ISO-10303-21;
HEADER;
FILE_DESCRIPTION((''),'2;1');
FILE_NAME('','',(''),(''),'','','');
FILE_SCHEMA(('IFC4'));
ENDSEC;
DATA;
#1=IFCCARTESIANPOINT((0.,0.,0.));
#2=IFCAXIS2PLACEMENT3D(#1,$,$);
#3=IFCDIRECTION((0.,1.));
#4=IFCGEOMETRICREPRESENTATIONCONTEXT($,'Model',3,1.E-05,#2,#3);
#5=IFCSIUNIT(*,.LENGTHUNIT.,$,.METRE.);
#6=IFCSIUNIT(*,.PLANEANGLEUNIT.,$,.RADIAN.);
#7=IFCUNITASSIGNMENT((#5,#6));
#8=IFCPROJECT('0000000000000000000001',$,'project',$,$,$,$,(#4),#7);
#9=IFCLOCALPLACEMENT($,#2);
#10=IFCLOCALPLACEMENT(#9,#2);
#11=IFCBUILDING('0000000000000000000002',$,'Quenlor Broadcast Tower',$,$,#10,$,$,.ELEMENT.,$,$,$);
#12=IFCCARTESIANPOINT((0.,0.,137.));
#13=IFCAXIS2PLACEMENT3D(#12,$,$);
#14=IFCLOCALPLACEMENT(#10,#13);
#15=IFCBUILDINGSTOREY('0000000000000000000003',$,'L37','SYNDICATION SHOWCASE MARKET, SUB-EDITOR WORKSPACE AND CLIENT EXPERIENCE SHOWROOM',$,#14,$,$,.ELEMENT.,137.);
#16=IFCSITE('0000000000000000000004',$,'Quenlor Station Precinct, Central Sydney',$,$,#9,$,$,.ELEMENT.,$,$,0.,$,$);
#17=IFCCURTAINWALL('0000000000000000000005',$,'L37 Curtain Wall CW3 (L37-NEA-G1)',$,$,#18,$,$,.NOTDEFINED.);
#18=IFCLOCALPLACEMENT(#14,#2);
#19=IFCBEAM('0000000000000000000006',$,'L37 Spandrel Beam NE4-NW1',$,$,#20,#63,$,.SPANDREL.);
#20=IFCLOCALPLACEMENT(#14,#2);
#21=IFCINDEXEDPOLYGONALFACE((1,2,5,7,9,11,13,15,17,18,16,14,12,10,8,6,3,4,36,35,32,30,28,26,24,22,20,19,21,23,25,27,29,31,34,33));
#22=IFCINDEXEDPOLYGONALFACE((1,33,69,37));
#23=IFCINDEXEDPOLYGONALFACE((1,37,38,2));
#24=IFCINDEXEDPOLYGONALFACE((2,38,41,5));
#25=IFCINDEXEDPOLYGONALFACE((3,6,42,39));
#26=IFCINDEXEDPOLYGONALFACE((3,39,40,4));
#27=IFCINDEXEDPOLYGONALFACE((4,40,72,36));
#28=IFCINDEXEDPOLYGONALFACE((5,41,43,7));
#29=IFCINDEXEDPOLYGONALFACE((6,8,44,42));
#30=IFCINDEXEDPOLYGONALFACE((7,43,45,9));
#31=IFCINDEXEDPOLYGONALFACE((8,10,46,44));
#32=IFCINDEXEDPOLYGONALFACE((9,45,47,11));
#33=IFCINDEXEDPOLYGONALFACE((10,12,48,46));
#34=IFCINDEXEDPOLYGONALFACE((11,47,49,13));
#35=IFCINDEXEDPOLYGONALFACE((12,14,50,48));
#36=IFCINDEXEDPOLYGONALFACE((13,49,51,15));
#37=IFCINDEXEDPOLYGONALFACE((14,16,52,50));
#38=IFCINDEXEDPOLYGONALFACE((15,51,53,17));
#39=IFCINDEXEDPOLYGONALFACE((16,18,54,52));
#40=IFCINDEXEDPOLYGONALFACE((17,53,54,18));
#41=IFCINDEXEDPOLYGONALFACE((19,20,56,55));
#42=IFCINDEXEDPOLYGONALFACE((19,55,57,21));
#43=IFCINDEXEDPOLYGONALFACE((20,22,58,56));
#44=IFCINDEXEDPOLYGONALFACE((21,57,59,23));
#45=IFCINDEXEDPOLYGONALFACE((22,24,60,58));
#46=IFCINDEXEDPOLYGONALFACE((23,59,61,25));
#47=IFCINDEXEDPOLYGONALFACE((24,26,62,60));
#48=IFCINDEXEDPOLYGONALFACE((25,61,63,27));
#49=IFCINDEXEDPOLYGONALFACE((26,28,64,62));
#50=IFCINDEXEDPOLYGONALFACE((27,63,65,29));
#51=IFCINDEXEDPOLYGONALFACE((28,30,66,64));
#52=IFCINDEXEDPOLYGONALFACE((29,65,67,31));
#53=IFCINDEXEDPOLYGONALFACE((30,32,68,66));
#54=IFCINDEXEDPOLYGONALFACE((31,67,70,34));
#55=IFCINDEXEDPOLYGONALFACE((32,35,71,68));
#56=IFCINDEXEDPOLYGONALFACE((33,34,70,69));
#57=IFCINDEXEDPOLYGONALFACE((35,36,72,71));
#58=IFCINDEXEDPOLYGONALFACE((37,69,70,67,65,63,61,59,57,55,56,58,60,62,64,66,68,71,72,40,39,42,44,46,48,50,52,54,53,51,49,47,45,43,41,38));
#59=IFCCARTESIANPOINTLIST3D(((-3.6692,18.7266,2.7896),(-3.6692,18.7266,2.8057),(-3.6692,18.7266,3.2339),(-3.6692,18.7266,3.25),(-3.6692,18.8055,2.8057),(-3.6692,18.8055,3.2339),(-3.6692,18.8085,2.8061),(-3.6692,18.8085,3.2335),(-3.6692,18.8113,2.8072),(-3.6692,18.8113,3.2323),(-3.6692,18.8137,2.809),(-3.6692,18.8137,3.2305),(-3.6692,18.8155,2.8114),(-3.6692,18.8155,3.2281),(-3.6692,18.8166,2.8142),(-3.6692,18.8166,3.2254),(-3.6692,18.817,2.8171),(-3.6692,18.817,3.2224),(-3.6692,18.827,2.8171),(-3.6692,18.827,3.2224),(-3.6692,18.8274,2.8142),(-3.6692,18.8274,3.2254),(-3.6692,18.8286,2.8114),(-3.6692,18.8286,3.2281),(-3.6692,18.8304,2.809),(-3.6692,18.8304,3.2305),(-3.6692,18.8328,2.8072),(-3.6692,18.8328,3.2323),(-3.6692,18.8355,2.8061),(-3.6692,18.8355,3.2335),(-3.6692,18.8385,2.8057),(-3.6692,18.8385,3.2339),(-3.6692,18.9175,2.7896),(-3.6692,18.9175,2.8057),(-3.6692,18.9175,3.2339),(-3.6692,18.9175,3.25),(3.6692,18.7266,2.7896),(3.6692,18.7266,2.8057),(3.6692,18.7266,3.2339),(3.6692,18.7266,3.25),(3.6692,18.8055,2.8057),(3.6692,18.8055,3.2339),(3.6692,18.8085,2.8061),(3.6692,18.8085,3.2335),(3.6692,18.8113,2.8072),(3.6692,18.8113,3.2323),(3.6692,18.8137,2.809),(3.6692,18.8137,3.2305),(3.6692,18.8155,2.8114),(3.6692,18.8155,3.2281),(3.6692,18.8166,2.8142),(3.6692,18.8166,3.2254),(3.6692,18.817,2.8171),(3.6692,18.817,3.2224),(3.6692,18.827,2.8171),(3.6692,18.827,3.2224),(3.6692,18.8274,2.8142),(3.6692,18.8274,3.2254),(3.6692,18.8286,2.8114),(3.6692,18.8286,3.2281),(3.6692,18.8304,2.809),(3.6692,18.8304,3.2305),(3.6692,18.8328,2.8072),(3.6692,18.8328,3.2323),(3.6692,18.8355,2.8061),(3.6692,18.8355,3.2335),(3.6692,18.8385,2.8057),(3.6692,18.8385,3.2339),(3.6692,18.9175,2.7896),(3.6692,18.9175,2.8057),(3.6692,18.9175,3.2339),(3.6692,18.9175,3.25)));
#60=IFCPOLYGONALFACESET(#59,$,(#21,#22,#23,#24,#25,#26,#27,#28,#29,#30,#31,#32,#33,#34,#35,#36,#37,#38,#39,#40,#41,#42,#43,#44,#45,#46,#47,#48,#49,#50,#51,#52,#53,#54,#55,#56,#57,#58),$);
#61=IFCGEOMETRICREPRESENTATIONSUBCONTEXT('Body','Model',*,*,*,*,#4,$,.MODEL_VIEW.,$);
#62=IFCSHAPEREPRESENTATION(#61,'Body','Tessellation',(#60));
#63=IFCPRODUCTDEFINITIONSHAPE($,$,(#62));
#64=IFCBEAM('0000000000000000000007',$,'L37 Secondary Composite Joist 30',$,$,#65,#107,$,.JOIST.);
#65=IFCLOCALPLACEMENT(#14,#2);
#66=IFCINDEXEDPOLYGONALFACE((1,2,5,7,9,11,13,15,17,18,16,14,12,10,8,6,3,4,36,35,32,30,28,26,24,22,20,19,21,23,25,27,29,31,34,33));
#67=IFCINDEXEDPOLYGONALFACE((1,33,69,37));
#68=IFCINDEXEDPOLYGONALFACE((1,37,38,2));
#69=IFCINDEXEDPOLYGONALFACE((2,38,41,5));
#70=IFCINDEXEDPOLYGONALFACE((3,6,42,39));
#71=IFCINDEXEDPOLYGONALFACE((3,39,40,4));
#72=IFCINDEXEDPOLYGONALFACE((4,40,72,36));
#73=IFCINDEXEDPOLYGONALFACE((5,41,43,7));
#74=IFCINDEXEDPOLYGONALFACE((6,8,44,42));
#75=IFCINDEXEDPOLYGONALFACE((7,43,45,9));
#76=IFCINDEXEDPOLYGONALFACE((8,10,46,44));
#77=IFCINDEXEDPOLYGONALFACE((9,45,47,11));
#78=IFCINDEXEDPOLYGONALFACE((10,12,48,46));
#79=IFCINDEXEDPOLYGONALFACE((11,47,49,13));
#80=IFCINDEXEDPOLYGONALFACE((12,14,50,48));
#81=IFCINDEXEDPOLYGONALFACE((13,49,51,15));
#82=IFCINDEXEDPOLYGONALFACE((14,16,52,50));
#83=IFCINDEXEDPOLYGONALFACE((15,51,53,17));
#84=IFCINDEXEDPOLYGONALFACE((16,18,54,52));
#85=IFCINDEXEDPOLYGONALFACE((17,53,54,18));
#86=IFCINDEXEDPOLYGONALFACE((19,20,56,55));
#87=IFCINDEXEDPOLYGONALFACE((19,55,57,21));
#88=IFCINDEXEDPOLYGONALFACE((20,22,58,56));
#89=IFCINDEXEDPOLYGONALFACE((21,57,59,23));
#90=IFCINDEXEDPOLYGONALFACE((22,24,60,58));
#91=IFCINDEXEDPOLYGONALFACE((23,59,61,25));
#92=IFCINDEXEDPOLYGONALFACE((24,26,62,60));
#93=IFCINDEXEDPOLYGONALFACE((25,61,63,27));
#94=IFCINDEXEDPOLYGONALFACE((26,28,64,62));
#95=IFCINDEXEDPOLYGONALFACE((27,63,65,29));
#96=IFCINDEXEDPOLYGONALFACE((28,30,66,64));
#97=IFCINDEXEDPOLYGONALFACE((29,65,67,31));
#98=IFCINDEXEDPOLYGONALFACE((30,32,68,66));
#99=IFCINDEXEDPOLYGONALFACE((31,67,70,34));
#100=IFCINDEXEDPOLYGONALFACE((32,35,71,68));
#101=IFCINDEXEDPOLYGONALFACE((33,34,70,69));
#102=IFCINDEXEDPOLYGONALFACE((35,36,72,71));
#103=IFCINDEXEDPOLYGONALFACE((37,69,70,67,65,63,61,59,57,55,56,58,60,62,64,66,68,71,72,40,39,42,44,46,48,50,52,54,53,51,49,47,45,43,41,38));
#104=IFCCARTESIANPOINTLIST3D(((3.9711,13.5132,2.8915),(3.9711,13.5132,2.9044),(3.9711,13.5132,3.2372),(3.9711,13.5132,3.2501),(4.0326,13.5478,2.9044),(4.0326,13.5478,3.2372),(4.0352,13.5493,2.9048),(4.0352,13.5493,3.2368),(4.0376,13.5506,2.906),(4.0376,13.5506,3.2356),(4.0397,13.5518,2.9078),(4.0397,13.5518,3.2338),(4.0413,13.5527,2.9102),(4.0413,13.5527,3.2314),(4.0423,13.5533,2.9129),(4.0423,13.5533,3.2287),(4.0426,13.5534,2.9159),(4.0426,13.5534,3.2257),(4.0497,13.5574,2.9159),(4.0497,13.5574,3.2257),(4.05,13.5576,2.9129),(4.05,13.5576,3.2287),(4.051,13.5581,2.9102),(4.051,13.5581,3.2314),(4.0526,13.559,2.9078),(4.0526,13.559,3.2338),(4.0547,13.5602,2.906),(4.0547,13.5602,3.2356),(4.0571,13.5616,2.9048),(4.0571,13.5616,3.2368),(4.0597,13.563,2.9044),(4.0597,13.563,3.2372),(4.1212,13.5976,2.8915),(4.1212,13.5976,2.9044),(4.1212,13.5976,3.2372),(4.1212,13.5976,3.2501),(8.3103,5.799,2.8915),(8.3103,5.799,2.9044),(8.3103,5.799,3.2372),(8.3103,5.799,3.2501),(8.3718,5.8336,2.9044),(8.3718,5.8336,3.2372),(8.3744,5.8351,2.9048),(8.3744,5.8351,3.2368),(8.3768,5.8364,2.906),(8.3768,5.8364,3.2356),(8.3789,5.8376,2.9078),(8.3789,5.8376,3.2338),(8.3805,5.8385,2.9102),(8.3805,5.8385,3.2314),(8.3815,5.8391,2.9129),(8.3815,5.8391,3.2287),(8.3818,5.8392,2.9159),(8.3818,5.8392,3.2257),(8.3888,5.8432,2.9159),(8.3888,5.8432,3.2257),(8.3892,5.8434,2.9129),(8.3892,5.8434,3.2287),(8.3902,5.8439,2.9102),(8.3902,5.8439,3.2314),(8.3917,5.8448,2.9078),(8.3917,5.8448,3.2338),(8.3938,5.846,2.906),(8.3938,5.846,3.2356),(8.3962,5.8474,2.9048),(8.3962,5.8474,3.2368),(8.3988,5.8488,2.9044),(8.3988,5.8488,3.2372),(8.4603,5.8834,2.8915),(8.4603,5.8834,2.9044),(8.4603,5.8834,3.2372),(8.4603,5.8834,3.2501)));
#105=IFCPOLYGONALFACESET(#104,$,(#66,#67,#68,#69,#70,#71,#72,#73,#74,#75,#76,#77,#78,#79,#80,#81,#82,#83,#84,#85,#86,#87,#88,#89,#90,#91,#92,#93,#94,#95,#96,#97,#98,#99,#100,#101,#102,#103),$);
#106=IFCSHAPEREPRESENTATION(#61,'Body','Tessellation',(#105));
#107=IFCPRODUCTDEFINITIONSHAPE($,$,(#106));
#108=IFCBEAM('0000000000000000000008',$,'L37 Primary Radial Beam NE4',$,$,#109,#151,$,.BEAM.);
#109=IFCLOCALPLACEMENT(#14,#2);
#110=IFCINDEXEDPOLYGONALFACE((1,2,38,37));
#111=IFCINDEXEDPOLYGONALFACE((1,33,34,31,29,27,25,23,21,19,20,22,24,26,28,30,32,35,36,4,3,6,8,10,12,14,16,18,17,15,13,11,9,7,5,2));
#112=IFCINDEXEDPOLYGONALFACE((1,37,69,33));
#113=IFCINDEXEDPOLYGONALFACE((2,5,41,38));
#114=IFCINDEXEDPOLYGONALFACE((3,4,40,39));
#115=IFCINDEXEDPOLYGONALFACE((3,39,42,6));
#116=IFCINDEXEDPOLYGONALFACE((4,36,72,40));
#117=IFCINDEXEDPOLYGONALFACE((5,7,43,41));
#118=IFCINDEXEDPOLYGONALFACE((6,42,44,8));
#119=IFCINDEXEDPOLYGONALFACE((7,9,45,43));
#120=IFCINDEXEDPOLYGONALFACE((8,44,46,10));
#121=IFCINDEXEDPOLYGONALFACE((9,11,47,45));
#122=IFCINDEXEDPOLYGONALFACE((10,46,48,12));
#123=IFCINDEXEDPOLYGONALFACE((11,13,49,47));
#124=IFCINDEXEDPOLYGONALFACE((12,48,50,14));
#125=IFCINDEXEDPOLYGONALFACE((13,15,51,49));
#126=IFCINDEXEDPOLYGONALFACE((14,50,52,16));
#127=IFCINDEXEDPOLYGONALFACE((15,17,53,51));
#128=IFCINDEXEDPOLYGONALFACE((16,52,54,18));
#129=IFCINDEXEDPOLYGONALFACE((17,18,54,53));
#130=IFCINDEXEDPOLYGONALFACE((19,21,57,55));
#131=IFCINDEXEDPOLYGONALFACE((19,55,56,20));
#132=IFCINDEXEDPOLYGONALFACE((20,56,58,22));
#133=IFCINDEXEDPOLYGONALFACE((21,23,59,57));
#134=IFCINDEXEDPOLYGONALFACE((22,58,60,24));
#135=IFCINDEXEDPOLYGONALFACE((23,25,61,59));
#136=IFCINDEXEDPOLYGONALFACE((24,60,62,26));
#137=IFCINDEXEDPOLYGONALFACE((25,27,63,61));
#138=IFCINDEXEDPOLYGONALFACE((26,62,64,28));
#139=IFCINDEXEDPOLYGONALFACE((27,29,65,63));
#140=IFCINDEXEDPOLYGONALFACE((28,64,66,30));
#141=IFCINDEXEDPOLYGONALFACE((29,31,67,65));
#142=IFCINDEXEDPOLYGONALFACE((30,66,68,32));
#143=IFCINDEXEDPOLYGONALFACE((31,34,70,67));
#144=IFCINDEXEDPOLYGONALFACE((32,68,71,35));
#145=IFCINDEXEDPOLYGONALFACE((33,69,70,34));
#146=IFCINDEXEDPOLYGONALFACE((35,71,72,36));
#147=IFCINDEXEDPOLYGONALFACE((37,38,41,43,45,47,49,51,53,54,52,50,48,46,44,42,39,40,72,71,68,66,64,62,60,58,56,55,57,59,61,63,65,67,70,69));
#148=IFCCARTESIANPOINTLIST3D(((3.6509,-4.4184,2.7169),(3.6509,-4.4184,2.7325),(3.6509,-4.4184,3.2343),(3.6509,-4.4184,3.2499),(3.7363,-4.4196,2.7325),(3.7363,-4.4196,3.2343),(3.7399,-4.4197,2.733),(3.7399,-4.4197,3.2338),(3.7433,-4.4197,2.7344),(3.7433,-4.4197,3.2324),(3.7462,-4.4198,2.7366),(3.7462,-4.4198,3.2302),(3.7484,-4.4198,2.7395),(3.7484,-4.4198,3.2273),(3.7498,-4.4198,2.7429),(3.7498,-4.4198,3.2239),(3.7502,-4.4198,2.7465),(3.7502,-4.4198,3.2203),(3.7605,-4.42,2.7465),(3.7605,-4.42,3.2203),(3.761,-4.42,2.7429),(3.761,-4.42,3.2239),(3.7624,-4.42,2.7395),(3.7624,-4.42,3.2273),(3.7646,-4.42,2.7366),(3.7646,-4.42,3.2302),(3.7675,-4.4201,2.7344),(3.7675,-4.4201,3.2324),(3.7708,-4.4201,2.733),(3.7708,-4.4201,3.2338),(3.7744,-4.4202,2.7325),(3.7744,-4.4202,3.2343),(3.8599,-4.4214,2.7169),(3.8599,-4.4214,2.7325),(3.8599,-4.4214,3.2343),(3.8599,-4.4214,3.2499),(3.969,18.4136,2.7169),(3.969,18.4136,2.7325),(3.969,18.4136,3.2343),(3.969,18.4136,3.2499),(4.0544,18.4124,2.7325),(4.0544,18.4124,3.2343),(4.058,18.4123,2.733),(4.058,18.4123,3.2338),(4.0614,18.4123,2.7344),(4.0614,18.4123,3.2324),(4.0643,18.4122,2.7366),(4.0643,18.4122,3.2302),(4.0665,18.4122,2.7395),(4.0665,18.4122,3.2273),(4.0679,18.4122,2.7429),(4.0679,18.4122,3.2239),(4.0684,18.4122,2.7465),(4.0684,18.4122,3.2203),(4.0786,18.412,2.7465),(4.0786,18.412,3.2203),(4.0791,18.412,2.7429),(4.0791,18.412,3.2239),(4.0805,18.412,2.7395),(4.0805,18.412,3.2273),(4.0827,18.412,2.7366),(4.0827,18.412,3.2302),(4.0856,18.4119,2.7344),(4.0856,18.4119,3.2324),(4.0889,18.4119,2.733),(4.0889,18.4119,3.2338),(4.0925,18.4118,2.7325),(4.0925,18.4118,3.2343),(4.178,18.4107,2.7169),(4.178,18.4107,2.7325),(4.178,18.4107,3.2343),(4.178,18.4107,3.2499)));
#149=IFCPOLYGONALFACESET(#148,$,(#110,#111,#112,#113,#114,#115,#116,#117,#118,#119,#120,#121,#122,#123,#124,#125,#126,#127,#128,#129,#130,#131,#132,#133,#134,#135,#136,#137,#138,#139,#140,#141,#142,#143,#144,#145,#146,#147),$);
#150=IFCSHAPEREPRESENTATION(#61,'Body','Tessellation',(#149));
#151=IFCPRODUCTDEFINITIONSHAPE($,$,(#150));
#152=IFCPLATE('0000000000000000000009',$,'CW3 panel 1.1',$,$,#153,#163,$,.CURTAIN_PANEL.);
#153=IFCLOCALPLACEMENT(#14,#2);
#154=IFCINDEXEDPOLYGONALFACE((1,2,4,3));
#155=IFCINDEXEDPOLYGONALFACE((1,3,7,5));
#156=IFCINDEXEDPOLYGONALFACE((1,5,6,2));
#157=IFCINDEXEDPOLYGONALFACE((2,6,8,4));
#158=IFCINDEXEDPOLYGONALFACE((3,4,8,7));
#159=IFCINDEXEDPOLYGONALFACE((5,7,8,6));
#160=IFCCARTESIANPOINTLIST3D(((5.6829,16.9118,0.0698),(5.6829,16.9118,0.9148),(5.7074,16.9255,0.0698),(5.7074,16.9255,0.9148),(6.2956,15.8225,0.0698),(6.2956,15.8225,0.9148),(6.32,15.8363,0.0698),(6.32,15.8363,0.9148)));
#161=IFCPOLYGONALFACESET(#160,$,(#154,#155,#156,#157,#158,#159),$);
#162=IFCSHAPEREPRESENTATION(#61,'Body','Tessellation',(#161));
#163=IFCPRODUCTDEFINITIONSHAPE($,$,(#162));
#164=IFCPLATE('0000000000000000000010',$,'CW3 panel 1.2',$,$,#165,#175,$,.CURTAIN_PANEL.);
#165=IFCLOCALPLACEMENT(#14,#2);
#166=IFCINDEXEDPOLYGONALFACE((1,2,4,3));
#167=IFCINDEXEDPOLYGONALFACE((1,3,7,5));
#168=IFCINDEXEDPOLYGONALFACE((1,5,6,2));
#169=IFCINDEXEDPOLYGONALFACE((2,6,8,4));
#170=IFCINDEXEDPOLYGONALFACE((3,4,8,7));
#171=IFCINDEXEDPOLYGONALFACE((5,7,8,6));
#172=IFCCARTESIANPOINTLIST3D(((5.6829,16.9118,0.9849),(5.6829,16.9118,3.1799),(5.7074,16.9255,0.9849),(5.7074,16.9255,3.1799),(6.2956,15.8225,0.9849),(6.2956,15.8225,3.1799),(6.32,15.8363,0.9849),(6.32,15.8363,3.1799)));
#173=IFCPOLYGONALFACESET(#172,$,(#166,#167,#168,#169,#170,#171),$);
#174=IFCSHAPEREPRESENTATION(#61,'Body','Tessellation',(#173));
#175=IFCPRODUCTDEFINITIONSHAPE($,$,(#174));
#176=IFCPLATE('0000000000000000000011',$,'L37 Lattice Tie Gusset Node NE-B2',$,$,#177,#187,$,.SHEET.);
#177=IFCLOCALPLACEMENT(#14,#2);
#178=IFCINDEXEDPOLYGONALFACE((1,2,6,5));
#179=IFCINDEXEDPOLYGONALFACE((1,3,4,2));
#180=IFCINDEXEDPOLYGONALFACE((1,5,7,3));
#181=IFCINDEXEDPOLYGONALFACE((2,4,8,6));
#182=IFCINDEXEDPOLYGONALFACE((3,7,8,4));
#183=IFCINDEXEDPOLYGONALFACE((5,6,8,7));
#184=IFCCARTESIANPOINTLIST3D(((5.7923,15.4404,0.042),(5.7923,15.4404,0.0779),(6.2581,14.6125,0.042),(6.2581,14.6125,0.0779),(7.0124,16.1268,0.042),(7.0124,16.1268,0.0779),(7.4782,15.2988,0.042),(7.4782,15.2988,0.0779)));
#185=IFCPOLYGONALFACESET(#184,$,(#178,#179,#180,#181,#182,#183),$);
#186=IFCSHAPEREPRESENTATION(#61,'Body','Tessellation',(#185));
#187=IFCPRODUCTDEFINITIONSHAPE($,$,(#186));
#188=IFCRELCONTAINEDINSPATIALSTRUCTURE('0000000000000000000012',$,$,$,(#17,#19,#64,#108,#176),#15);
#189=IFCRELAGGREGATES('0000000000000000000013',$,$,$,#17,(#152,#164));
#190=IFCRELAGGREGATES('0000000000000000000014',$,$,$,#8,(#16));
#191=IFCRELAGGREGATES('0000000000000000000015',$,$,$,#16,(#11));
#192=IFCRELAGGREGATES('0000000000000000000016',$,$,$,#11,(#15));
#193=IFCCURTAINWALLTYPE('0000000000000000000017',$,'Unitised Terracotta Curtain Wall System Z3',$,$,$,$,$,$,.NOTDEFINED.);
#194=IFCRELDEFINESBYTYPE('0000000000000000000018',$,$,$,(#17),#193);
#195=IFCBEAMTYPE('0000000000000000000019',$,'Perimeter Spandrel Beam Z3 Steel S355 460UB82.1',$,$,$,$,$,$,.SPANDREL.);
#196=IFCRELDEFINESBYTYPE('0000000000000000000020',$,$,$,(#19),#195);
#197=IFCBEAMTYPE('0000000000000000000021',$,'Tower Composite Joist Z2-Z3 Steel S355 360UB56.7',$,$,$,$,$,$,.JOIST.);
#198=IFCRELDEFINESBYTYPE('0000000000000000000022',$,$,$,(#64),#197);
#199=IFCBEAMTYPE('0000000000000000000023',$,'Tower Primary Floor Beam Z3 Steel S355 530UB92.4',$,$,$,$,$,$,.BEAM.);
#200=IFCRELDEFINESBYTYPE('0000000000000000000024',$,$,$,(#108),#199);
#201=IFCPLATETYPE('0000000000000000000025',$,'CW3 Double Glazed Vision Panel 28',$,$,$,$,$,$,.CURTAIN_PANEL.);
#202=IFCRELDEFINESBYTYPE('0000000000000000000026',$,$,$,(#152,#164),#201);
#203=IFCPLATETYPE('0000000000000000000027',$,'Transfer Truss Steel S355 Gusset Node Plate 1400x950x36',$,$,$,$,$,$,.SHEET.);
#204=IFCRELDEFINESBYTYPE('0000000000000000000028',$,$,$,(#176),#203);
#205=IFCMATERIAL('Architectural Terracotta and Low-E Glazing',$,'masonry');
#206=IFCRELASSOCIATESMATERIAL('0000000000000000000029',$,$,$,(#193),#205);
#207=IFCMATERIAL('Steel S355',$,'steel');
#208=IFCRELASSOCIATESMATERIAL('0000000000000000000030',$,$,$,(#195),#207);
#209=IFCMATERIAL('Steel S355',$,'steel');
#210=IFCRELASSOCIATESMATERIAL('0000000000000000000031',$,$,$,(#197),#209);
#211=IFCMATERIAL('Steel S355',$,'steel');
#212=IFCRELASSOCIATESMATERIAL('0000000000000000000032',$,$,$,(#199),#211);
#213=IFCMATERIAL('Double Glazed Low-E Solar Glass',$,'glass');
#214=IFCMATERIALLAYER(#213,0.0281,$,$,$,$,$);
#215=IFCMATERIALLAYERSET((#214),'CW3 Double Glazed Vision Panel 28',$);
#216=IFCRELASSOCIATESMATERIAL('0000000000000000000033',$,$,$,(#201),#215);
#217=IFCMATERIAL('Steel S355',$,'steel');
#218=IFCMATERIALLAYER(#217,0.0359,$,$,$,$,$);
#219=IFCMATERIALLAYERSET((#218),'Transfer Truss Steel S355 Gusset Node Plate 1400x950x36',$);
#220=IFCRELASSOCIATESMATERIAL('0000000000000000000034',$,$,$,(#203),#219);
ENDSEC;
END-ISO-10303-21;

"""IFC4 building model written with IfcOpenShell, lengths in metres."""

from ifc_helpers import new_model, si_unit, direction, frame, origin, origin_2d, place, context, subcontext, project, spatial, rectangle, i_section, extrude, material, layer, layer_set, material_profile, profile_set, type_object, element, aggregate, save


model = new_model("IFC4")

# Units and contexts
model_context = context("Model", 3, precision=1e-05, world=origin(), true_north=direction((0.0, 1.0)))
body_context = subcontext(model_context, "Body", "Model", "MODEL_VIEW")
ifc_project = project(units=[si_unit("LENGTHUNIT", "METRE"), si_unit("PLANEANGLEUNIT", "RADIAN")], contexts=[model_context])

# Site, building, storey
site_placement = place(None, origin())
site = spatial("IfcSite", under=ifc_project, at=site_placement, Name="Quenlor Station Precinct, Central Sydney", CompositionType="ELEMENT", RefElevation=0.0)
building_placement = place(site_placement, origin())
building = spatial("IfcBuilding", under=site, at=building_placement, Name="Quenlor Broadcast Tower", CompositionType="ELEMENT")
storey_placement = place(building_placement, frame((0.0, 0.0, 137.0)))
storey = spatial("IfcBuildingStorey", under=building, at=storey_placement, Name="L37", Description="SYNDICATION SHOWCASE MARKET, SUB-EDITOR WORKSPACE AND CLIENT EXPERIENCE SHOWROOM", CompositionType="ELEMENT", Elevation=137.0)

# Curtain wall
ifc_material_1 = material(Name="Architectural Terracotta and Low-E Glazing", Category="masonry")
curtain_wall_type = type_object("IfcCurtainWallType", Name="Unitised Terracotta Curtain Wall System Z3", PredefinedType="NOTDEFINED", material=ifc_material_1)
curtain_wall_1_placement = place(storey_placement, origin())
curtain_wall_1 = element("IfcCurtainWall", 1, at=curtain_wall_1_placement, inside=storey, type_object=curtain_wall_type, Name="L37 Curtain Wall CW3 (L37-NEA-G1)", PredefinedType="NOTDEFINED")

# Beams
ifc_material_2 = material(Name="Steel S355", Category="steel")
ifc_material_profile_1 = material_profile(ifc_material_2, i_section(OverallWidth=0.1909, OverallDepth=0.4604, WebThickness=0.01, FlangeThickness=0.0161, FilletRadius=0.0115, at=origin_2d()))
ifc_profile_set_1 = profile_set([ifc_material_profile_1], Name="Steel S355 460UB82.1")
beam_type_1 = type_object("IfcBeamType", Name="Perimeter Spandrel Beam Z3 Steel S355 460UB82.1", PredefinedType="SPANDREL", material=ifc_profile_set_1)
beam_1_placement = place(storey_placement, frame((3.6692, 18.822, 3.0198), z_axis=(-1.0, 0.0, 0.0), x_axis=(0.0, -1.0, 0.0)))
element("IfcBeam", 2, at=beam_1_placement, inside=storey, type_object=beam_type_1, Name="L37 Spandrel Beam NE4-NW1", PredefinedType="SPANDREL", context=body_context, shape_type="SweptSolid", body=[
    extrude(i_section(OverallWidth=0.1909, OverallDepth=0.4604, WebThickness=0.01, FlangeThickness=0.0161, FilletRadius=0.0115, at=origin_2d()), origin(), (0.0, 0.0, 1.0), 7.3384),
])
ifc_material_3 = material(Name="Steel S355", Category="steel")
ifc_material_profile_2 = material_profile(ifc_material_3, i_section(OverallWidth=0.1721, OverallDepth=0.3586, WebThickness=0.0081, FlangeThickness=0.0129, FilletRadius=0.0115, at=origin_2d()))
ifc_profile_set_2 = profile_set([ifc_material_profile_2], Name="Steel S355 360UB56.7")
beam_type_2 = type_object("IfcBeamType", Name="Tower Composite Joist Z2-Z3 Steel S355 360UB56.7", PredefinedType="JOIST", material=ifc_profile_set_2)
beam_2_placement = place(storey_placement, frame((4.0461, 13.5554, 3.0708), z_axis=(0.490255, -0.871579, 0.0), x_axis=(0.871579, 0.490255, 0.0)))
element("IfcBeam", 3, at=beam_2_placement, inside=storey, type_object=beam_type_2, Name="L37 Secondary Composite Joist 30", PredefinedType="JOIST", context=body_context, shape_type="SweptSolid", body=[
    extrude(i_section(OverallWidth=0.1721, OverallDepth=0.3586, WebThickness=0.0081, FlangeThickness=0.0129, FilletRadius=0.0115, at=origin_2d()), origin(), (0.0, 0.0, 1.0), 8.8508),
])
ifc_material_4 = material(Name="Steel S355", Category="steel")
ifc_material_profile_3 = material_profile(ifc_material_4, i_section(OverallWidth=0.209, OverallDepth=0.533, WebThickness=0.0103, FlangeThickness=0.0156, FilletRadius=0.0139, at=origin_2d()))
ifc_profile_set_3 = profile_set([ifc_material_profile_3], Name="Steel S355 530UB92.4")
beam_type_3 = type_object("IfcBeamType", Name="Tower Primary Floor Beam Z3 Steel S355 530UB92.4", PredefinedType="BEAM", material=ifc_profile_set_3)
beam_3_placement = place(storey_placement, frame((4.0735, 18.4121, 2.9834), z_axis=(-0.013931, -0.999903, 0.0), x_axis=(0.999903, -0.013931, 0.0)))
element("IfcBeam", 4, at=beam_3_placement, inside=storey, type_object=beam_type_3, Name="L37 Primary Radial Beam NE4", PredefinedType="BEAM", context=body_context, shape_type="SweptSolid", body=[
    extrude(i_section(OverallWidth=0.209, OverallDepth=0.533, WebThickness=0.0103, FlangeThickness=0.0156, FilletRadius=0.0139, at=origin_2d()), origin(), (0.0, 0.0, 1.0), 22.8342),
])

# Plates
ifc_material_5 = material(Name="Double Glazed Low-E Solar Glass", Category="glass")
ifc_layer_1 = layer(ifc_material_5, 0.0281)
ifc_layer_set_1 = layer_set([ifc_layer_1], Name="CW3 Double Glazed Vision Panel 28")
plate_type_1 = type_object("IfcPlateType", Name="CW3 Double Glazed Vision Panel 28", PredefinedType="CURTAIN_PANEL", material=ifc_layer_set_1)
plate_1_placement = place(storey_placement, frame((6.0015, 16.374, 0.0698), z_axis=(0.0, 0.0, 1.0), x_axis=(0.49023, -0.871593, 0.0)))
plate_1 = element("IfcPlate", 5, at=plate_1_placement, type_object=plate_type_1, Name="CW3 panel 1.1", PredefinedType="CURTAIN_PANEL", context=body_context, shape_type="SweptSolid", body=[
    extrude(rectangle(XDim=1.2498, YDim=0.0281, at=origin_2d()), origin(), (0.0, 0.0, 1.0), 0.845),
])
plate_2_placement = place(storey_placement, frame((6.0015, 16.374, 0.9849), z_axis=(0.0, 0.0, 1.0), x_axis=(0.49023, -0.871593, 0.0)))
plate_2 = element("IfcPlate", 6, at=plate_2_placement, type_object=plate_type_1, Name="CW3 panel 1.2", PredefinedType="CURTAIN_PANEL", context=body_context, shape_type="SweptSolid", body=[
    extrude(rectangle(XDim=1.2498, YDim=0.0281, at=origin_2d()), origin(), (0.0, 0.0, 1.0), 2.1951),
])
aggregate(curtain_wall_1, [plate_1, plate_2])

# Plate
ifc_material_6 = material(Name="Steel S355", Category="steel")
ifc_layer_2 = layer(ifc_material_6, 0.0359)
ifc_layer_set_2 = layer_set([ifc_layer_2], Name="Transfer Truss Steel S355 Gusset Node Plate 1400x950x36")
plate_type_2 = type_object("IfcPlateType", Name="Transfer Truss Steel S355 Gusset Node Plate 1400x950x36", PredefinedType="SHEET", material=ifc_layer_set_2)
for number, where, z_axis, x_axis, name in (
    (7, (6.6353, 15.3696, 0.042), (0.0, 0.0, 1.0), (0.871556, 0.490295, 0.0), "L37 Lattice Tie Gusset Node NE-B2"),
):
    element("IfcPlate", number, at=place(storey_placement, frame(where, z_axis=z_axis, x_axis=x_axis)), inside=storey, type_object=plate_type_2, Name=name, PredefinedType="SHEET", context=body_context, shape_type="SweptSolid", body=[
        extrude(rectangle(XDim=1.3999, YDim=0.95, at=origin_2d()), origin(), (0.0, 0.0, 1.0), 0.0359),
    ])

save(model, "model.ifc")
